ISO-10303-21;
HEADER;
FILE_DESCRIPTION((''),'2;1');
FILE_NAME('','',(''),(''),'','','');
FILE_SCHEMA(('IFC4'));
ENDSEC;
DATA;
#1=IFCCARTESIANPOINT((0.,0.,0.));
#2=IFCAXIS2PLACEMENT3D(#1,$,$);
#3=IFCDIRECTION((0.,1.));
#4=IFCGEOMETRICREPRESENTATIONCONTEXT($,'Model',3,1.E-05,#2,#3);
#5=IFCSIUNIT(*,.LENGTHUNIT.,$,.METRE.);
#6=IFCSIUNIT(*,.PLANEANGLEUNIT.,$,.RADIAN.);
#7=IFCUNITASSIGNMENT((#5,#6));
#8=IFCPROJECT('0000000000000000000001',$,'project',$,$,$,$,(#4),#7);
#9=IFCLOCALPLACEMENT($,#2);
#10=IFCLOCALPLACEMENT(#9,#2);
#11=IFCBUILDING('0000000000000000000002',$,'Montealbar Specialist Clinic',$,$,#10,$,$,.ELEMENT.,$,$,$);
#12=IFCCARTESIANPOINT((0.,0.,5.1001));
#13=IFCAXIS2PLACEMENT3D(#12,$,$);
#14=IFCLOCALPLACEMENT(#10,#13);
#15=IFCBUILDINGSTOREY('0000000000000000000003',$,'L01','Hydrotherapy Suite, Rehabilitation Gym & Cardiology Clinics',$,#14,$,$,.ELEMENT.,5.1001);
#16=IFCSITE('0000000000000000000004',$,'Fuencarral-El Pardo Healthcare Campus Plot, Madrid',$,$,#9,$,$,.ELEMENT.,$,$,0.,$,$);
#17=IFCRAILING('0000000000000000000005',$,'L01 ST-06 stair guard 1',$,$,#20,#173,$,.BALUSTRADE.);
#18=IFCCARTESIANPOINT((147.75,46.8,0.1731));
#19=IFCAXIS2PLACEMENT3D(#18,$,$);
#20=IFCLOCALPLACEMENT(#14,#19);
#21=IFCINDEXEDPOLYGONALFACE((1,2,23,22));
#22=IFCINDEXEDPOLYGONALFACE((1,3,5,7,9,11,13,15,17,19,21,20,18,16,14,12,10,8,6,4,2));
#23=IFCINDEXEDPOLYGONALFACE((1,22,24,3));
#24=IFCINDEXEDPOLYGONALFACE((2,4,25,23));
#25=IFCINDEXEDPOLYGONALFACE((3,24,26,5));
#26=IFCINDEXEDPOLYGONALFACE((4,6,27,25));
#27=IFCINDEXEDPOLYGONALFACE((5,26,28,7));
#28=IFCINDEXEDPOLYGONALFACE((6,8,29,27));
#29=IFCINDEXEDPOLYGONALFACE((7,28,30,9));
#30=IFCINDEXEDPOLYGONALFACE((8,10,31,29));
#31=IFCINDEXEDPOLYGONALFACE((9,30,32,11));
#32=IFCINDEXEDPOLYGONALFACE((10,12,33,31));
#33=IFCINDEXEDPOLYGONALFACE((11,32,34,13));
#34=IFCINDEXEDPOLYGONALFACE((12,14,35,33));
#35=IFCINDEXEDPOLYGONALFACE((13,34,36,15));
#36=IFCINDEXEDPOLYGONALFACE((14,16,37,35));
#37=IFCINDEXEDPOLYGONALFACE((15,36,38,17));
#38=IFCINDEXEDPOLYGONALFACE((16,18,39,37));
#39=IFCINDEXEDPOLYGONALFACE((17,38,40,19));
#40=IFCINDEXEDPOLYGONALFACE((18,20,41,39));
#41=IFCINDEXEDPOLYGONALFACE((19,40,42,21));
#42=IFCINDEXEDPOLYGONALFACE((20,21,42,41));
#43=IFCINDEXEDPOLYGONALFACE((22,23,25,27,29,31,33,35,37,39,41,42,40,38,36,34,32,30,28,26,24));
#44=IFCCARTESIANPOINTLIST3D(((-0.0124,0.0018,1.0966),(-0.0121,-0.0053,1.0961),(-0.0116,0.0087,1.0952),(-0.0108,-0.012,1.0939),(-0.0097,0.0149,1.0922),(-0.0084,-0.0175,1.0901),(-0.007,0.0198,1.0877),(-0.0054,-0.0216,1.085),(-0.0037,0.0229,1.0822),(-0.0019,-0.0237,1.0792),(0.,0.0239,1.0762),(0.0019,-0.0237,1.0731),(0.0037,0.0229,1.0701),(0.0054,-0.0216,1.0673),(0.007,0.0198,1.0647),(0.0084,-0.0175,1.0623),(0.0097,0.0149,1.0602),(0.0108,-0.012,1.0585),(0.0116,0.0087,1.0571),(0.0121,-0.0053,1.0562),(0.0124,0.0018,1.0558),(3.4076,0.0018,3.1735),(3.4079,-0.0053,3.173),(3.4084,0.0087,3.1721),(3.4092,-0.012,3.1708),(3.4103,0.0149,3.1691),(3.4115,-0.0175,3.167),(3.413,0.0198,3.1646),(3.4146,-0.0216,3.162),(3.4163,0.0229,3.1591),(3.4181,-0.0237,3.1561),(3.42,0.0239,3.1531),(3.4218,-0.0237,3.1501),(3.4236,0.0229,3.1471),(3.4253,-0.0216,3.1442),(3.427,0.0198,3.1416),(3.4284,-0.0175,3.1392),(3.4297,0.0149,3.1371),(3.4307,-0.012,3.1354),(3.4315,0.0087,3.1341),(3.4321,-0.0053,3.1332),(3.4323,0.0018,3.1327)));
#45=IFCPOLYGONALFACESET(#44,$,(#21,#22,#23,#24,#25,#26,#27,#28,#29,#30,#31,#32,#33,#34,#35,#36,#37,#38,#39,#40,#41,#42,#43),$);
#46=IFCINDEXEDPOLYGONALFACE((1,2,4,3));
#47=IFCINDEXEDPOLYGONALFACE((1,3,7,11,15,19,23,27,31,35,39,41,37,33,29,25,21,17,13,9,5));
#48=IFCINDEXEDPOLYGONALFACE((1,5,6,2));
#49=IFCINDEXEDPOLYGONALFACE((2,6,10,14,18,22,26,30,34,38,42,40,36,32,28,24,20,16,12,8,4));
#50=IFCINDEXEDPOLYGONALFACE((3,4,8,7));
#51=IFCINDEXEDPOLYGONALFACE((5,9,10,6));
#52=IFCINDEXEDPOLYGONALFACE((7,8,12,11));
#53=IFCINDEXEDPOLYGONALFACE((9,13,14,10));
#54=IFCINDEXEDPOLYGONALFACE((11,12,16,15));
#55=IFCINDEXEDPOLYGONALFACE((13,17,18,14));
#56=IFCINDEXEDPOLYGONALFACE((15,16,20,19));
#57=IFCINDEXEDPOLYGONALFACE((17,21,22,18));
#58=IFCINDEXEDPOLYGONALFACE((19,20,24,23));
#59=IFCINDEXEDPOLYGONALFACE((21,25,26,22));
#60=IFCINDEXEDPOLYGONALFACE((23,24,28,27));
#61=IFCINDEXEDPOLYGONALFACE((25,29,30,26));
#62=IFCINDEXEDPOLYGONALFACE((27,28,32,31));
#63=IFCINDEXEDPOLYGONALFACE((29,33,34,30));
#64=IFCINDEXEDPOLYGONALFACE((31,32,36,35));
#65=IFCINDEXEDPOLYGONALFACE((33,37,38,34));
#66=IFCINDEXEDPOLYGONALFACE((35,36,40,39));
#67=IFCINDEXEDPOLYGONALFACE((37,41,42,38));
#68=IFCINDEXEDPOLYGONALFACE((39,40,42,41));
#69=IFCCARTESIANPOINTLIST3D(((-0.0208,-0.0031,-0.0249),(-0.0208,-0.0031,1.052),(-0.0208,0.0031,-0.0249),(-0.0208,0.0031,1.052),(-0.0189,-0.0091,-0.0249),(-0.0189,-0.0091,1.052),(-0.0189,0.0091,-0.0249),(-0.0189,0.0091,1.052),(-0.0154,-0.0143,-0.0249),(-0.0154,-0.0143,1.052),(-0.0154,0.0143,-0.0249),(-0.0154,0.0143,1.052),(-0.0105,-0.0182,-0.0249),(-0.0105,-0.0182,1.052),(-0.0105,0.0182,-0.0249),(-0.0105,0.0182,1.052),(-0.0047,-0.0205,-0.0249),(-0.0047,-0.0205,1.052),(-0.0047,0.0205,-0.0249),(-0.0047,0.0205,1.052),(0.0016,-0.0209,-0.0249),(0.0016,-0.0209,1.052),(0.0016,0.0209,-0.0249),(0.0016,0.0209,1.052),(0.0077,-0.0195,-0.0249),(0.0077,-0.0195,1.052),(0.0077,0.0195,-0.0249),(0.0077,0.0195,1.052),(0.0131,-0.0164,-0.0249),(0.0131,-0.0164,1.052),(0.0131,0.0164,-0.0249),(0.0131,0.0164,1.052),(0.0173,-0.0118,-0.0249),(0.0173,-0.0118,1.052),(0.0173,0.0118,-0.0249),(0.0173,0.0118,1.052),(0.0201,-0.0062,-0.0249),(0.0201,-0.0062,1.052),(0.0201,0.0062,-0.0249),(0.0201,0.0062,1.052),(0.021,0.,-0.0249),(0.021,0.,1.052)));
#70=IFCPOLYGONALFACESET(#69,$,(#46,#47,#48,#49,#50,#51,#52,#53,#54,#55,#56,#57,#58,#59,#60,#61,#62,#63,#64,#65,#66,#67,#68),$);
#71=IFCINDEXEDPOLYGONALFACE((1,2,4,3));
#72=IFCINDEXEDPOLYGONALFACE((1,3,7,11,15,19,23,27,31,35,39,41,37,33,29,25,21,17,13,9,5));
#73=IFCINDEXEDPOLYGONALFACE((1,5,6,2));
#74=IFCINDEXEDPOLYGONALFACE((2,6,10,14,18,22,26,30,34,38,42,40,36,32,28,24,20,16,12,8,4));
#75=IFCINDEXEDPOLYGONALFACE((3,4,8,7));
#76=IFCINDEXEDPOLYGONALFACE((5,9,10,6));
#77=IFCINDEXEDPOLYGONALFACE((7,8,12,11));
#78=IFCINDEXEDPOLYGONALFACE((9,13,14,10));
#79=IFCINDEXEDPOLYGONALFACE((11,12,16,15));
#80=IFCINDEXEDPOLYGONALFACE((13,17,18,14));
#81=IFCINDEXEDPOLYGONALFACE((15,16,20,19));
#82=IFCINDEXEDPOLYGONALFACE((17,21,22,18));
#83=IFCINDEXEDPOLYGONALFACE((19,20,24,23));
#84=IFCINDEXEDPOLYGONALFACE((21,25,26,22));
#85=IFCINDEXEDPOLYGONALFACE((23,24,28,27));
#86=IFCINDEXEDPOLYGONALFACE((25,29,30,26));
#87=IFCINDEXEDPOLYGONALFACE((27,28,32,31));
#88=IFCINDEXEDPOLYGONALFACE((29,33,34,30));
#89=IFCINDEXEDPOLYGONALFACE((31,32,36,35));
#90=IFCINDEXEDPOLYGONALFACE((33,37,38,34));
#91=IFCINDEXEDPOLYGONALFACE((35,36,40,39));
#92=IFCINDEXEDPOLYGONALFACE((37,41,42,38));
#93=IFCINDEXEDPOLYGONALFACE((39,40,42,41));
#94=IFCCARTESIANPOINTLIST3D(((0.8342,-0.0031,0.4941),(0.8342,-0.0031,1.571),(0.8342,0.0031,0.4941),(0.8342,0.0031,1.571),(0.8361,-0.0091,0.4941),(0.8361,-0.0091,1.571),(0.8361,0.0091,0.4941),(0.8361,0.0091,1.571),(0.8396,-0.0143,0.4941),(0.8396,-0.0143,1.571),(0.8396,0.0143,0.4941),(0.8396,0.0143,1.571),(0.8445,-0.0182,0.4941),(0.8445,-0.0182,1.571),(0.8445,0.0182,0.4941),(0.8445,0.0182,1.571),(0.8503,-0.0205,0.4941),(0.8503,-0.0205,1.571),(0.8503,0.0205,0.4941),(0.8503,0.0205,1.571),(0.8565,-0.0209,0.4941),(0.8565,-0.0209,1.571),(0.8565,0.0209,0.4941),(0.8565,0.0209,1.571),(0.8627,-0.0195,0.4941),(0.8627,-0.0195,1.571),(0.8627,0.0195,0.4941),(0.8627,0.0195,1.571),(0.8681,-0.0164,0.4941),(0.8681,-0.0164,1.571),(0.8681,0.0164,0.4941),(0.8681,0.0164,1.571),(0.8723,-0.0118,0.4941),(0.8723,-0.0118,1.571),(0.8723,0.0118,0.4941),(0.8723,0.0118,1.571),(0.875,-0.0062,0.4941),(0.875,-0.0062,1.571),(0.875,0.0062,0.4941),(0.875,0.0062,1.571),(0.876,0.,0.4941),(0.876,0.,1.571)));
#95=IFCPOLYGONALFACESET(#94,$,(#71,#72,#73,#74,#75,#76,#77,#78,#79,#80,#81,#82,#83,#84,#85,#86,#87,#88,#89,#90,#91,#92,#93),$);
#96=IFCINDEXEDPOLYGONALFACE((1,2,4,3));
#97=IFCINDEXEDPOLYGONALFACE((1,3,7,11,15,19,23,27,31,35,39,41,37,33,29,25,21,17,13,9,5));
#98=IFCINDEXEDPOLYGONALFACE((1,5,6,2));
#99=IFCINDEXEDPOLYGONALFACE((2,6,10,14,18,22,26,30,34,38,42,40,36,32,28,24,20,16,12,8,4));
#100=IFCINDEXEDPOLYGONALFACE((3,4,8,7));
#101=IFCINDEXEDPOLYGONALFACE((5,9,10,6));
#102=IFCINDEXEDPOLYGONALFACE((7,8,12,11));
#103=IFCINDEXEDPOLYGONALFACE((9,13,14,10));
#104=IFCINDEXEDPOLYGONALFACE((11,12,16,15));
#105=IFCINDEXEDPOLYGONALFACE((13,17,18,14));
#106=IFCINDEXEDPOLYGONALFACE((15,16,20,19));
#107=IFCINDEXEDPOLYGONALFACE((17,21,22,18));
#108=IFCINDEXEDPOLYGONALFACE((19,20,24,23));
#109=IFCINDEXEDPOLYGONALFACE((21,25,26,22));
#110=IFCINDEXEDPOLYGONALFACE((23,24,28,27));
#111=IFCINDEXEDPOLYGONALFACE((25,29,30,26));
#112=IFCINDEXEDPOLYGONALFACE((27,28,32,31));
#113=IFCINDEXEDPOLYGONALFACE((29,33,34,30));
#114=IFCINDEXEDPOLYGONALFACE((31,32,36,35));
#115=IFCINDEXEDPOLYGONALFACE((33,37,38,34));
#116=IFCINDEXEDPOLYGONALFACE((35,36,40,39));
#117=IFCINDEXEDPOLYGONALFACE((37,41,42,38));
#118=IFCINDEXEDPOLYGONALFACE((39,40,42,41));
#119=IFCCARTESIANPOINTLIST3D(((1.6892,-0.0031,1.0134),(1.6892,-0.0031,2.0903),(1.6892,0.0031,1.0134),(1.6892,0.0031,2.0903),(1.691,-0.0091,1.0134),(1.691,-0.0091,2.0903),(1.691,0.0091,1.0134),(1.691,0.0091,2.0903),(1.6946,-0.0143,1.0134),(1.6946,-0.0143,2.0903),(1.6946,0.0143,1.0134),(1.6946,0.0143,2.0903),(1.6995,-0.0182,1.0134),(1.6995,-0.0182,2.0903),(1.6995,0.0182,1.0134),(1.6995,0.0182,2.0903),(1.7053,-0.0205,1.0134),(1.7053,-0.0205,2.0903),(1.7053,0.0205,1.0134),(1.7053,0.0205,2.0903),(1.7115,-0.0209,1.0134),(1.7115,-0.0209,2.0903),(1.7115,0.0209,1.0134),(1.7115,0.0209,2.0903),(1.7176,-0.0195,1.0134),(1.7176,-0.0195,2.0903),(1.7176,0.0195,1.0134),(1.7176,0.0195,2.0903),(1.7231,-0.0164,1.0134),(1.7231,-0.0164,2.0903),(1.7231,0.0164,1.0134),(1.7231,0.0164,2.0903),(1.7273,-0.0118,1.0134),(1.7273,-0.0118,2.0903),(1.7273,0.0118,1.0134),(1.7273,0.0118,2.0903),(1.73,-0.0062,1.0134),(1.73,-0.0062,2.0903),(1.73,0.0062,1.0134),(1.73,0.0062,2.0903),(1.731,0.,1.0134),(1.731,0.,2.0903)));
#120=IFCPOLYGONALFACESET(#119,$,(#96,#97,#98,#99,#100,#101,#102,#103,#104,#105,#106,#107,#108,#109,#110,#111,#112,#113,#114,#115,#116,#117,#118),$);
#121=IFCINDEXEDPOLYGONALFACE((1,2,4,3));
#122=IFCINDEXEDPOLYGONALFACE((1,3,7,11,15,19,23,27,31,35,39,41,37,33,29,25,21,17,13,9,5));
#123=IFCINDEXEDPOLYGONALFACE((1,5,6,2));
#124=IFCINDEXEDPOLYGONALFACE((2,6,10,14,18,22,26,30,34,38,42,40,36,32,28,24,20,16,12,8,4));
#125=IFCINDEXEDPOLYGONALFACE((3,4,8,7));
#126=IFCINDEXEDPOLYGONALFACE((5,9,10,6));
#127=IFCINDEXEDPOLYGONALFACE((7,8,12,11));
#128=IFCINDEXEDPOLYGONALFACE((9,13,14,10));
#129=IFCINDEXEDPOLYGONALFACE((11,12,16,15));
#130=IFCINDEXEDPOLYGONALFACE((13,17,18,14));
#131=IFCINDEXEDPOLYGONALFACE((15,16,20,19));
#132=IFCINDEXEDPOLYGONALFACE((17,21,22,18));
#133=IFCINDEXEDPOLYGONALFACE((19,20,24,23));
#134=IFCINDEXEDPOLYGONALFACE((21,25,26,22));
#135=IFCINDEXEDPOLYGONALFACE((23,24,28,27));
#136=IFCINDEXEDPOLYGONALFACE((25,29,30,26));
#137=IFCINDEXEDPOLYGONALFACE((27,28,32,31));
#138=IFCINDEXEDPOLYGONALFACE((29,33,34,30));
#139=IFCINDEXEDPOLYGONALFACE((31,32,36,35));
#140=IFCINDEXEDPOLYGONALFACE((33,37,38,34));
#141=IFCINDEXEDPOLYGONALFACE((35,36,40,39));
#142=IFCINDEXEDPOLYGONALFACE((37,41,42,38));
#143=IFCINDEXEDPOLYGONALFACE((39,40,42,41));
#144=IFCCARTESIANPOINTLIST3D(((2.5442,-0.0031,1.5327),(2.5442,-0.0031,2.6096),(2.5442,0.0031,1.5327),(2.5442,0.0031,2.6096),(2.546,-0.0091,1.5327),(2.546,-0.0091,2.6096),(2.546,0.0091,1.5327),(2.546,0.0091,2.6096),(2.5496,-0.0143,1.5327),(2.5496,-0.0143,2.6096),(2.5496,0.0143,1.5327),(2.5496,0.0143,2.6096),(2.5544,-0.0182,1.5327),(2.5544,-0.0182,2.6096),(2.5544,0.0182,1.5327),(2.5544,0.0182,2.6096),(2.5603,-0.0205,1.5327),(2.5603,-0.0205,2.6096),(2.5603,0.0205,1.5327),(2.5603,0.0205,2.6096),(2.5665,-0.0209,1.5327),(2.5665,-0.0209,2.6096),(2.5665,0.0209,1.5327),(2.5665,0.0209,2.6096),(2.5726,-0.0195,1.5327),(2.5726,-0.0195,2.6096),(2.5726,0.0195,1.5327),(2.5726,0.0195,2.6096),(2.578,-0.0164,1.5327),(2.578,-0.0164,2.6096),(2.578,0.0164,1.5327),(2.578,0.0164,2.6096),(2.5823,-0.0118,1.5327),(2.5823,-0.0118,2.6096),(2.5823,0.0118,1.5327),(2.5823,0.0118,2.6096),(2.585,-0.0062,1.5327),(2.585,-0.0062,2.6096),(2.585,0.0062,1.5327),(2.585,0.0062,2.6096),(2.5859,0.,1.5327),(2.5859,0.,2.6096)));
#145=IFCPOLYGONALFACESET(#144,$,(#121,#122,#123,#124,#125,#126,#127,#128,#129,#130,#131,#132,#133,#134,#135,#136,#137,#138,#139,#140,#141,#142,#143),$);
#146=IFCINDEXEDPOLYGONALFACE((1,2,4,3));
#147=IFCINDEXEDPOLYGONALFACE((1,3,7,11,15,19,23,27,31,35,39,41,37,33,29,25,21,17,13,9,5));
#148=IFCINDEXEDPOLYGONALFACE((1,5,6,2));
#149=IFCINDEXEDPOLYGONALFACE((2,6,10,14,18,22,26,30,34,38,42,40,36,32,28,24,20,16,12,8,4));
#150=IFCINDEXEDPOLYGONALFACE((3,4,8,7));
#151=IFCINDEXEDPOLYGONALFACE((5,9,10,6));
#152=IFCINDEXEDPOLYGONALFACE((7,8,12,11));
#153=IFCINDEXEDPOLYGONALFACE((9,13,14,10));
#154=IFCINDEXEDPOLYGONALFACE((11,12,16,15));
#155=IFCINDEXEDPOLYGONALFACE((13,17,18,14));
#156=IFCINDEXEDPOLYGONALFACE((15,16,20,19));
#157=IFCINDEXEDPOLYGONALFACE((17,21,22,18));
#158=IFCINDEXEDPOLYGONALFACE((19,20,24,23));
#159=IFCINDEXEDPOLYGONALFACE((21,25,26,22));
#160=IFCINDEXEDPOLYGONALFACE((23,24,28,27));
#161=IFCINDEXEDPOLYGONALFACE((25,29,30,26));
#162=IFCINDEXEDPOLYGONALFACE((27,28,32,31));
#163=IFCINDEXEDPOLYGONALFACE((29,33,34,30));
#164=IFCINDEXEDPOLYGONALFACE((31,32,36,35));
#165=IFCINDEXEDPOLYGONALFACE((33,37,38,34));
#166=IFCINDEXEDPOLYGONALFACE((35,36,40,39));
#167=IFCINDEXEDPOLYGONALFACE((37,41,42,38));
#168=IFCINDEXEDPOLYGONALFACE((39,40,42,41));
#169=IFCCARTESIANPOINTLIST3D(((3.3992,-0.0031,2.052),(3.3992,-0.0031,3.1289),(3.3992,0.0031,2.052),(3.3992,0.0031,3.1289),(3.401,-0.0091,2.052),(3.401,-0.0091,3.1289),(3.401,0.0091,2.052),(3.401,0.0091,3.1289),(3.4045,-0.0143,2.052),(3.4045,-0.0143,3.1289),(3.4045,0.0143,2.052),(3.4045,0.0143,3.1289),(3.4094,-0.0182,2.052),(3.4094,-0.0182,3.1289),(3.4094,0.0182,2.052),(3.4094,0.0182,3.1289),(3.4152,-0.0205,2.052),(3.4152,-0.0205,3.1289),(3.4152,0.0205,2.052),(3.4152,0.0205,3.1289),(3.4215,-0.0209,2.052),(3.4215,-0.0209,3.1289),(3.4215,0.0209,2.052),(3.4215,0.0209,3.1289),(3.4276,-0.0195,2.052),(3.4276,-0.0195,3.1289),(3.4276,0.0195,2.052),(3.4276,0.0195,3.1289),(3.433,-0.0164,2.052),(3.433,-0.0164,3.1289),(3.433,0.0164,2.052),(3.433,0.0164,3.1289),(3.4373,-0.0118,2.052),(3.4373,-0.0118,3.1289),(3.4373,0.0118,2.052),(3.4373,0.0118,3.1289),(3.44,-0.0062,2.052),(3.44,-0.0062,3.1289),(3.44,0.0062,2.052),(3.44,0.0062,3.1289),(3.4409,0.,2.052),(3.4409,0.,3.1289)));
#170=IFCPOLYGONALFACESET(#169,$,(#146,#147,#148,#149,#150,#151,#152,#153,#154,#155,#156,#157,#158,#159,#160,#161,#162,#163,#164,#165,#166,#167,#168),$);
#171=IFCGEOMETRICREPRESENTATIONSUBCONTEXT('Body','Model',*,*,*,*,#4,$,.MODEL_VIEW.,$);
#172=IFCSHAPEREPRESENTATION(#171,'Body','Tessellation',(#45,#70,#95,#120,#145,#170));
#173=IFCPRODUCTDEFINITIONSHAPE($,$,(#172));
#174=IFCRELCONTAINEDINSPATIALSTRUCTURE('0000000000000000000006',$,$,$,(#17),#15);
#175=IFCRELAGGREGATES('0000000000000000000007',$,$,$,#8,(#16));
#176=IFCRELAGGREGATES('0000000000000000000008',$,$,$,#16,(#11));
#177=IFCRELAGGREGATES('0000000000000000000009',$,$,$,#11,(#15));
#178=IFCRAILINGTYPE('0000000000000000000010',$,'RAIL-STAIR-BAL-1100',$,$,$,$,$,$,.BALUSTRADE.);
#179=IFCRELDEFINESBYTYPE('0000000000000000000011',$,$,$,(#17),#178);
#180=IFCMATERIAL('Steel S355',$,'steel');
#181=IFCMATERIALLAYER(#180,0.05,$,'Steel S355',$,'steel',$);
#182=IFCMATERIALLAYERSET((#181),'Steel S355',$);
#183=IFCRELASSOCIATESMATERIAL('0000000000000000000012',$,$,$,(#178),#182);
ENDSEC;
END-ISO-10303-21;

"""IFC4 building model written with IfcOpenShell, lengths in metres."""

from ifc_helpers import new_model, si_unit, direction, frame, origin, origin_2d, place, context, subcontext, project, spatial, circle, extrude, material, layer, layer_set, type_object, element, save


model = new_model("IFC4")

# Units and contexts
model_context = context("Model", 3, precision=1e-05, world=origin(), true_north=direction((0.0, 1.0)))
body_context = subcontext(model_context, "Body", "Model", "MODEL_VIEW")
ifc_project = project(units=[si_unit("LENGTHUNIT", "METRE"), si_unit("PLANEANGLEUNIT", "RADIAN")], contexts=[model_context])

# Site, building, storey
site_placement = place(None, origin())
site = spatial("IfcSite", under=ifc_project, at=site_placement, Name="Fuencarral-El Pardo Healthcare Campus Plot, Madrid", CompositionType="ELEMENT", RefElevation=0.0)
building_placement = place(site_placement, origin())
building = spatial("IfcBuilding", under=site, at=building_placement, Name="Montealbar Specialist Clinic", CompositionType="ELEMENT")
storey_placement = place(building_placement, frame((0.0, 0.0, 5.1001)))
storey = spatial("IfcBuildingStorey", under=building, at=storey_placement, Name="L01", Description="Hydrotherapy Suite, Rehabilitation Gym & Cardiology Clinics", CompositionType="ELEMENT", Elevation=5.1001)

# Shared definitions
ifc_material_1 = material(Name="Steel S355", Category="steel")

# Railing
ifc_layer_1 = layer(ifc_material_1, 0.05, Name="Steel S355", Category="steel")
ifc_layer_set_1 = layer_set([ifc_layer_1], Name="Steel S355")
railing_type = type_object("IfcRailingType", Name="RAIL-STAIR-BAL-1100", PredefinedType="BALUSTRADE", material=ifc_layer_set_1)
railing_1_placement = place(storey_placement, frame((147.75, 46.8, 0.1731)))
element("IfcRailing", 1, at=railing_1_placement, inside=storey, type_object=railing_type, Name="L01 ST-06 stair guard 1", PredefinedType="BALUSTRADE", context=body_context, shape_type="SweptSolid", body=[
    extrude(circle(Radius=0.0239, at=origin_2d()), frame((0.0, 0.0, 1.0762), z_axis=(0.85473, 0.0, 0.519074), x_axis=(0.0, 1.0, 0.0)), (0.0, 0.0, 1.0), 4.0012),
    extrude(circle(Radius=0.021, at=origin_2d()), frame((0.0, 0.0, -0.0249)), (0.0, 0.0, 1.0), 1.0769),
    extrude(circle(Radius=0.021, at=origin_2d()), frame((0.855, 0.0, 0.4941)), (0.0, 0.0, 1.0), 1.0769),
    extrude(circle(Radius=0.021, at=origin_2d()), frame((1.71, 0.0, 1.0134)), (0.0, 0.0, 1.0), 1.0769),
    extrude(circle(Radius=0.021, at=origin_2d()), frame((2.5649, 0.0, 1.5327)), (0.0, 0.0, 1.0), 1.0769),
    extrude(circle(Radius=0.021, at=origin_2d()), frame((3.4199, 0.0, 2.052)), (0.0, 0.0, 1.0), 1.0769),
])

save(model, "model.ifc")
